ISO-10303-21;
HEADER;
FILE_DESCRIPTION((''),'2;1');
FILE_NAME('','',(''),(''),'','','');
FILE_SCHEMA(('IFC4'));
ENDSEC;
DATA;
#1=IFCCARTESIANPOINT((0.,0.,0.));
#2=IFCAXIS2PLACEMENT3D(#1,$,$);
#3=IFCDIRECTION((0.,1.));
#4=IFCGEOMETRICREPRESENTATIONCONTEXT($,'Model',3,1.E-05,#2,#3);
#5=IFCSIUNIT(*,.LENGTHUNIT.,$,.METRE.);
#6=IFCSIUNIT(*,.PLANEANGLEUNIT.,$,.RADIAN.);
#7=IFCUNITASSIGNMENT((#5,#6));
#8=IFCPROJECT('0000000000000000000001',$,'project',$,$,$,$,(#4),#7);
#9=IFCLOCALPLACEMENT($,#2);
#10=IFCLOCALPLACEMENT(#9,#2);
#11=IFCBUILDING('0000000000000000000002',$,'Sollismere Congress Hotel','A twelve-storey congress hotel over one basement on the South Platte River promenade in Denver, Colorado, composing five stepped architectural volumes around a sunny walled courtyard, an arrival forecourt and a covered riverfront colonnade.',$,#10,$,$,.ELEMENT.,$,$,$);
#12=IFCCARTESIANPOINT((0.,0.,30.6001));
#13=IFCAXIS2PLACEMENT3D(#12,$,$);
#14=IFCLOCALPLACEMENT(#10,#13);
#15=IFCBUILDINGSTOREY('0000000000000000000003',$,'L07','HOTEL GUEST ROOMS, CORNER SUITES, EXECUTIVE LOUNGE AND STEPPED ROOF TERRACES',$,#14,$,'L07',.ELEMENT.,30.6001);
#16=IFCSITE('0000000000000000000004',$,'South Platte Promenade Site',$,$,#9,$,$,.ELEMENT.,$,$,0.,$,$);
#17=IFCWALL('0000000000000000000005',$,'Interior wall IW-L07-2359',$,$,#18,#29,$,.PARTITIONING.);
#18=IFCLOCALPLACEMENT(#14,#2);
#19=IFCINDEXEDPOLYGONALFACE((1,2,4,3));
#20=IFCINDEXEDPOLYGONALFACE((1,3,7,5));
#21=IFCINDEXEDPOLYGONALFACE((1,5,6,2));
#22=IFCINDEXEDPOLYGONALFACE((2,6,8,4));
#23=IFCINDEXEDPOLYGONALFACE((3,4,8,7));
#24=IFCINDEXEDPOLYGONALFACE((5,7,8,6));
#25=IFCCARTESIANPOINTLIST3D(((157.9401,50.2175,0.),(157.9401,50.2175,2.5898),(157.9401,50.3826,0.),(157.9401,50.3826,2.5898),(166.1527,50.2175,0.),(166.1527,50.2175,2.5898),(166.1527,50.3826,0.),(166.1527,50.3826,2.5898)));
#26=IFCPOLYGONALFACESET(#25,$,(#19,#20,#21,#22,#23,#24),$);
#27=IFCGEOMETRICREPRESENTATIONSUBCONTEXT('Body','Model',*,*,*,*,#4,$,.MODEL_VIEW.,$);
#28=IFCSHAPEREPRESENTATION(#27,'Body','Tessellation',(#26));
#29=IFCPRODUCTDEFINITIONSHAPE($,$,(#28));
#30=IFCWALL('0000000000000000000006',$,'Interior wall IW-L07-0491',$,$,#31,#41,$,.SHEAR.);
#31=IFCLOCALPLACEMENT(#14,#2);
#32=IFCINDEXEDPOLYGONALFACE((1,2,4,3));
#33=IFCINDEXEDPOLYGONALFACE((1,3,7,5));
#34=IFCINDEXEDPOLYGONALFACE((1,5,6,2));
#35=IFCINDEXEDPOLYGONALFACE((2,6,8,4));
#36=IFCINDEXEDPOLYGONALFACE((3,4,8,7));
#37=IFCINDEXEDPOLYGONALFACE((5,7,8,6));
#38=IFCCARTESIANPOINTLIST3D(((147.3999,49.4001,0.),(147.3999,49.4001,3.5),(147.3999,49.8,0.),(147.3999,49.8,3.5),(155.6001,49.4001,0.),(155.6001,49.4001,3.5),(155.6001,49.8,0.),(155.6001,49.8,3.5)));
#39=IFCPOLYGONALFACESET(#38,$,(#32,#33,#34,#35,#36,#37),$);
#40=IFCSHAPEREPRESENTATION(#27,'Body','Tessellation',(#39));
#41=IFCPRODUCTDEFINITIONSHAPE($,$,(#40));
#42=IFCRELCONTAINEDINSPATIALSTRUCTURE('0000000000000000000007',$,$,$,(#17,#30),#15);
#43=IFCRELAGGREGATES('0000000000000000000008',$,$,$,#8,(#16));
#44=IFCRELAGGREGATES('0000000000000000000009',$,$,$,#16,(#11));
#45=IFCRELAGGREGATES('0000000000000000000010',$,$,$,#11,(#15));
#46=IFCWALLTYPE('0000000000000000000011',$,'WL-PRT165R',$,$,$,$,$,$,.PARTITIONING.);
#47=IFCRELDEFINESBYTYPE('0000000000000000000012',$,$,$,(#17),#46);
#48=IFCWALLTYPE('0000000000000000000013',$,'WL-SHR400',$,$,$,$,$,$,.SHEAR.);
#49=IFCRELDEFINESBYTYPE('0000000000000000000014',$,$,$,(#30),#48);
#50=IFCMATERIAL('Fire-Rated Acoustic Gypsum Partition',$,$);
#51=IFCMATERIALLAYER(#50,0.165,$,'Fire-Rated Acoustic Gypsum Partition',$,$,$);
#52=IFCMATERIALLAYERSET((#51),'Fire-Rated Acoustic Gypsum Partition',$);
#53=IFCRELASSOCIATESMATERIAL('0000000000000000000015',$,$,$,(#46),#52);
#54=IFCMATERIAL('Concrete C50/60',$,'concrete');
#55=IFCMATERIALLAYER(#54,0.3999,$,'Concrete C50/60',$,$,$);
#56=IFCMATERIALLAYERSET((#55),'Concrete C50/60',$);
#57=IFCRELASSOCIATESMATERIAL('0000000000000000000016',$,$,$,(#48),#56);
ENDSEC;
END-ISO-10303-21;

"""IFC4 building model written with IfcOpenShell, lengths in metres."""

from ifc_helpers import new_model, si_unit, direction, frame, frame_2d, origin, place, context, subcontext, project, spatial, rectangle, extrude, material, layer, layer_set, type_object, element, save


model = new_model("IFC4")

# Units and contexts
model_context = context("Model", 3, precision=1e-05, world=origin(), true_north=direction((0.0, 1.0)))
body_context = subcontext(model_context, "Body", "Model", "MODEL_VIEW")
ifc_project = project(units=[si_unit("LENGTHUNIT", "METRE"), si_unit("PLANEANGLEUNIT", "RADIAN")], contexts=[model_context])

# Site, building, storey
site_placement = place(None, origin())
site = spatial("IfcSite", under=ifc_project, at=site_placement, Name="South Platte Promenade Site", CompositionType="ELEMENT", RefElevation=0.0)
building_placement = place(site_placement, origin())
building = spatial("IfcBuilding", under=site, at=building_placement, Name="Sollismere Congress Hotel", Description="A twelve-storey congress hotel over one basement on the South Platte River promenade in Denver, Colorado, composing five stepped architectural volumes around a sunny walled courtyard, an arrival forecourt and a covered riverfront colonnade.", CompositionType="ELEMENT")
storey_placement = place(building_placement, frame((0.0, 0.0, 30.6001)))
storey = spatial("IfcBuildingStorey", under=building, at=storey_placement, Name="L07", Description="HOTEL GUEST ROOMS, CORNER SUITES, EXECUTIVE LOUNGE AND STEPPED ROOF TERRACES", LongName="L07", CompositionType="ELEMENT", Elevation=30.6001)

# Walls
ifc_material_1 = material(Name="Fire-Rated Acoustic Gypsum Partition")
ifc_layer_1 = layer(ifc_material_1, 0.165, Name="Fire-Rated Acoustic Gypsum Partition")
ifc_layer_set_1 = layer_set([ifc_layer_1], Name="Fire-Rated Acoustic Gypsum Partition")
wall_type_1 = type_object("IfcWallType", Name="WL-PRT165R", PredefinedType="PARTITIONING", material=ifc_layer_set_1)
for number, where, z_axis, x_axis, name in (
    (1, (157.9399, 50.3, 0.0), (0.0, 0.0, 1.0), (1.0, 0.0, 0.0), "Interior wall IW-L07-2359"),
):
    element("IfcWall", number, at=place(storey_placement, frame(where, z_axis=z_axis, x_axis=x_axis)), inside=storey, type_object=wall_type_1, Name=name, PredefinedType="PARTITIONING", context=body_context, shape_type="SweptSolid", body=[
        extrude(rectangle(XDim=8.2126, YDim=0.165, at=frame_2d((4.1064, 0.0))), origin(), (0.0, 0.0, 1.0), 2.5898),
    ])
ifc_material_2 = material(Name="Concrete C50/60", Category="concrete")
ifc_layer_2 = layer(ifc_material_2, 0.3999, Name="Concrete C50/60")
ifc_layer_set_2 = layer_set([ifc_layer_2], Name="Concrete C50/60")
wall_type_2 = type_object("IfcWallType", Name="WL-SHR400", PredefinedType="SHEAR", material=ifc_layer_set_2)
wall_1_placement = place(storey_placement, frame((155.6001, 49.6001, 0.0), z_axis=(0.0, 0.0, 1.0), x_axis=(-1.0, 0.0, 0.0)))
element("IfcWall", 2, at=wall_1_placement, inside=storey, type_object=wall_type_2, Name="Interior wall IW-L07-0491", PredefinedType="SHEAR", context=body_context, shape_type="SweptSolid", body=[
    extrude(rectangle(XDim=8.2002, YDim=0.3999, at=frame_2d((4.1001, 0.0))), origin(), (0.0, 0.0, 1.0), 3.5),
])

save(model, "model.ifc")
